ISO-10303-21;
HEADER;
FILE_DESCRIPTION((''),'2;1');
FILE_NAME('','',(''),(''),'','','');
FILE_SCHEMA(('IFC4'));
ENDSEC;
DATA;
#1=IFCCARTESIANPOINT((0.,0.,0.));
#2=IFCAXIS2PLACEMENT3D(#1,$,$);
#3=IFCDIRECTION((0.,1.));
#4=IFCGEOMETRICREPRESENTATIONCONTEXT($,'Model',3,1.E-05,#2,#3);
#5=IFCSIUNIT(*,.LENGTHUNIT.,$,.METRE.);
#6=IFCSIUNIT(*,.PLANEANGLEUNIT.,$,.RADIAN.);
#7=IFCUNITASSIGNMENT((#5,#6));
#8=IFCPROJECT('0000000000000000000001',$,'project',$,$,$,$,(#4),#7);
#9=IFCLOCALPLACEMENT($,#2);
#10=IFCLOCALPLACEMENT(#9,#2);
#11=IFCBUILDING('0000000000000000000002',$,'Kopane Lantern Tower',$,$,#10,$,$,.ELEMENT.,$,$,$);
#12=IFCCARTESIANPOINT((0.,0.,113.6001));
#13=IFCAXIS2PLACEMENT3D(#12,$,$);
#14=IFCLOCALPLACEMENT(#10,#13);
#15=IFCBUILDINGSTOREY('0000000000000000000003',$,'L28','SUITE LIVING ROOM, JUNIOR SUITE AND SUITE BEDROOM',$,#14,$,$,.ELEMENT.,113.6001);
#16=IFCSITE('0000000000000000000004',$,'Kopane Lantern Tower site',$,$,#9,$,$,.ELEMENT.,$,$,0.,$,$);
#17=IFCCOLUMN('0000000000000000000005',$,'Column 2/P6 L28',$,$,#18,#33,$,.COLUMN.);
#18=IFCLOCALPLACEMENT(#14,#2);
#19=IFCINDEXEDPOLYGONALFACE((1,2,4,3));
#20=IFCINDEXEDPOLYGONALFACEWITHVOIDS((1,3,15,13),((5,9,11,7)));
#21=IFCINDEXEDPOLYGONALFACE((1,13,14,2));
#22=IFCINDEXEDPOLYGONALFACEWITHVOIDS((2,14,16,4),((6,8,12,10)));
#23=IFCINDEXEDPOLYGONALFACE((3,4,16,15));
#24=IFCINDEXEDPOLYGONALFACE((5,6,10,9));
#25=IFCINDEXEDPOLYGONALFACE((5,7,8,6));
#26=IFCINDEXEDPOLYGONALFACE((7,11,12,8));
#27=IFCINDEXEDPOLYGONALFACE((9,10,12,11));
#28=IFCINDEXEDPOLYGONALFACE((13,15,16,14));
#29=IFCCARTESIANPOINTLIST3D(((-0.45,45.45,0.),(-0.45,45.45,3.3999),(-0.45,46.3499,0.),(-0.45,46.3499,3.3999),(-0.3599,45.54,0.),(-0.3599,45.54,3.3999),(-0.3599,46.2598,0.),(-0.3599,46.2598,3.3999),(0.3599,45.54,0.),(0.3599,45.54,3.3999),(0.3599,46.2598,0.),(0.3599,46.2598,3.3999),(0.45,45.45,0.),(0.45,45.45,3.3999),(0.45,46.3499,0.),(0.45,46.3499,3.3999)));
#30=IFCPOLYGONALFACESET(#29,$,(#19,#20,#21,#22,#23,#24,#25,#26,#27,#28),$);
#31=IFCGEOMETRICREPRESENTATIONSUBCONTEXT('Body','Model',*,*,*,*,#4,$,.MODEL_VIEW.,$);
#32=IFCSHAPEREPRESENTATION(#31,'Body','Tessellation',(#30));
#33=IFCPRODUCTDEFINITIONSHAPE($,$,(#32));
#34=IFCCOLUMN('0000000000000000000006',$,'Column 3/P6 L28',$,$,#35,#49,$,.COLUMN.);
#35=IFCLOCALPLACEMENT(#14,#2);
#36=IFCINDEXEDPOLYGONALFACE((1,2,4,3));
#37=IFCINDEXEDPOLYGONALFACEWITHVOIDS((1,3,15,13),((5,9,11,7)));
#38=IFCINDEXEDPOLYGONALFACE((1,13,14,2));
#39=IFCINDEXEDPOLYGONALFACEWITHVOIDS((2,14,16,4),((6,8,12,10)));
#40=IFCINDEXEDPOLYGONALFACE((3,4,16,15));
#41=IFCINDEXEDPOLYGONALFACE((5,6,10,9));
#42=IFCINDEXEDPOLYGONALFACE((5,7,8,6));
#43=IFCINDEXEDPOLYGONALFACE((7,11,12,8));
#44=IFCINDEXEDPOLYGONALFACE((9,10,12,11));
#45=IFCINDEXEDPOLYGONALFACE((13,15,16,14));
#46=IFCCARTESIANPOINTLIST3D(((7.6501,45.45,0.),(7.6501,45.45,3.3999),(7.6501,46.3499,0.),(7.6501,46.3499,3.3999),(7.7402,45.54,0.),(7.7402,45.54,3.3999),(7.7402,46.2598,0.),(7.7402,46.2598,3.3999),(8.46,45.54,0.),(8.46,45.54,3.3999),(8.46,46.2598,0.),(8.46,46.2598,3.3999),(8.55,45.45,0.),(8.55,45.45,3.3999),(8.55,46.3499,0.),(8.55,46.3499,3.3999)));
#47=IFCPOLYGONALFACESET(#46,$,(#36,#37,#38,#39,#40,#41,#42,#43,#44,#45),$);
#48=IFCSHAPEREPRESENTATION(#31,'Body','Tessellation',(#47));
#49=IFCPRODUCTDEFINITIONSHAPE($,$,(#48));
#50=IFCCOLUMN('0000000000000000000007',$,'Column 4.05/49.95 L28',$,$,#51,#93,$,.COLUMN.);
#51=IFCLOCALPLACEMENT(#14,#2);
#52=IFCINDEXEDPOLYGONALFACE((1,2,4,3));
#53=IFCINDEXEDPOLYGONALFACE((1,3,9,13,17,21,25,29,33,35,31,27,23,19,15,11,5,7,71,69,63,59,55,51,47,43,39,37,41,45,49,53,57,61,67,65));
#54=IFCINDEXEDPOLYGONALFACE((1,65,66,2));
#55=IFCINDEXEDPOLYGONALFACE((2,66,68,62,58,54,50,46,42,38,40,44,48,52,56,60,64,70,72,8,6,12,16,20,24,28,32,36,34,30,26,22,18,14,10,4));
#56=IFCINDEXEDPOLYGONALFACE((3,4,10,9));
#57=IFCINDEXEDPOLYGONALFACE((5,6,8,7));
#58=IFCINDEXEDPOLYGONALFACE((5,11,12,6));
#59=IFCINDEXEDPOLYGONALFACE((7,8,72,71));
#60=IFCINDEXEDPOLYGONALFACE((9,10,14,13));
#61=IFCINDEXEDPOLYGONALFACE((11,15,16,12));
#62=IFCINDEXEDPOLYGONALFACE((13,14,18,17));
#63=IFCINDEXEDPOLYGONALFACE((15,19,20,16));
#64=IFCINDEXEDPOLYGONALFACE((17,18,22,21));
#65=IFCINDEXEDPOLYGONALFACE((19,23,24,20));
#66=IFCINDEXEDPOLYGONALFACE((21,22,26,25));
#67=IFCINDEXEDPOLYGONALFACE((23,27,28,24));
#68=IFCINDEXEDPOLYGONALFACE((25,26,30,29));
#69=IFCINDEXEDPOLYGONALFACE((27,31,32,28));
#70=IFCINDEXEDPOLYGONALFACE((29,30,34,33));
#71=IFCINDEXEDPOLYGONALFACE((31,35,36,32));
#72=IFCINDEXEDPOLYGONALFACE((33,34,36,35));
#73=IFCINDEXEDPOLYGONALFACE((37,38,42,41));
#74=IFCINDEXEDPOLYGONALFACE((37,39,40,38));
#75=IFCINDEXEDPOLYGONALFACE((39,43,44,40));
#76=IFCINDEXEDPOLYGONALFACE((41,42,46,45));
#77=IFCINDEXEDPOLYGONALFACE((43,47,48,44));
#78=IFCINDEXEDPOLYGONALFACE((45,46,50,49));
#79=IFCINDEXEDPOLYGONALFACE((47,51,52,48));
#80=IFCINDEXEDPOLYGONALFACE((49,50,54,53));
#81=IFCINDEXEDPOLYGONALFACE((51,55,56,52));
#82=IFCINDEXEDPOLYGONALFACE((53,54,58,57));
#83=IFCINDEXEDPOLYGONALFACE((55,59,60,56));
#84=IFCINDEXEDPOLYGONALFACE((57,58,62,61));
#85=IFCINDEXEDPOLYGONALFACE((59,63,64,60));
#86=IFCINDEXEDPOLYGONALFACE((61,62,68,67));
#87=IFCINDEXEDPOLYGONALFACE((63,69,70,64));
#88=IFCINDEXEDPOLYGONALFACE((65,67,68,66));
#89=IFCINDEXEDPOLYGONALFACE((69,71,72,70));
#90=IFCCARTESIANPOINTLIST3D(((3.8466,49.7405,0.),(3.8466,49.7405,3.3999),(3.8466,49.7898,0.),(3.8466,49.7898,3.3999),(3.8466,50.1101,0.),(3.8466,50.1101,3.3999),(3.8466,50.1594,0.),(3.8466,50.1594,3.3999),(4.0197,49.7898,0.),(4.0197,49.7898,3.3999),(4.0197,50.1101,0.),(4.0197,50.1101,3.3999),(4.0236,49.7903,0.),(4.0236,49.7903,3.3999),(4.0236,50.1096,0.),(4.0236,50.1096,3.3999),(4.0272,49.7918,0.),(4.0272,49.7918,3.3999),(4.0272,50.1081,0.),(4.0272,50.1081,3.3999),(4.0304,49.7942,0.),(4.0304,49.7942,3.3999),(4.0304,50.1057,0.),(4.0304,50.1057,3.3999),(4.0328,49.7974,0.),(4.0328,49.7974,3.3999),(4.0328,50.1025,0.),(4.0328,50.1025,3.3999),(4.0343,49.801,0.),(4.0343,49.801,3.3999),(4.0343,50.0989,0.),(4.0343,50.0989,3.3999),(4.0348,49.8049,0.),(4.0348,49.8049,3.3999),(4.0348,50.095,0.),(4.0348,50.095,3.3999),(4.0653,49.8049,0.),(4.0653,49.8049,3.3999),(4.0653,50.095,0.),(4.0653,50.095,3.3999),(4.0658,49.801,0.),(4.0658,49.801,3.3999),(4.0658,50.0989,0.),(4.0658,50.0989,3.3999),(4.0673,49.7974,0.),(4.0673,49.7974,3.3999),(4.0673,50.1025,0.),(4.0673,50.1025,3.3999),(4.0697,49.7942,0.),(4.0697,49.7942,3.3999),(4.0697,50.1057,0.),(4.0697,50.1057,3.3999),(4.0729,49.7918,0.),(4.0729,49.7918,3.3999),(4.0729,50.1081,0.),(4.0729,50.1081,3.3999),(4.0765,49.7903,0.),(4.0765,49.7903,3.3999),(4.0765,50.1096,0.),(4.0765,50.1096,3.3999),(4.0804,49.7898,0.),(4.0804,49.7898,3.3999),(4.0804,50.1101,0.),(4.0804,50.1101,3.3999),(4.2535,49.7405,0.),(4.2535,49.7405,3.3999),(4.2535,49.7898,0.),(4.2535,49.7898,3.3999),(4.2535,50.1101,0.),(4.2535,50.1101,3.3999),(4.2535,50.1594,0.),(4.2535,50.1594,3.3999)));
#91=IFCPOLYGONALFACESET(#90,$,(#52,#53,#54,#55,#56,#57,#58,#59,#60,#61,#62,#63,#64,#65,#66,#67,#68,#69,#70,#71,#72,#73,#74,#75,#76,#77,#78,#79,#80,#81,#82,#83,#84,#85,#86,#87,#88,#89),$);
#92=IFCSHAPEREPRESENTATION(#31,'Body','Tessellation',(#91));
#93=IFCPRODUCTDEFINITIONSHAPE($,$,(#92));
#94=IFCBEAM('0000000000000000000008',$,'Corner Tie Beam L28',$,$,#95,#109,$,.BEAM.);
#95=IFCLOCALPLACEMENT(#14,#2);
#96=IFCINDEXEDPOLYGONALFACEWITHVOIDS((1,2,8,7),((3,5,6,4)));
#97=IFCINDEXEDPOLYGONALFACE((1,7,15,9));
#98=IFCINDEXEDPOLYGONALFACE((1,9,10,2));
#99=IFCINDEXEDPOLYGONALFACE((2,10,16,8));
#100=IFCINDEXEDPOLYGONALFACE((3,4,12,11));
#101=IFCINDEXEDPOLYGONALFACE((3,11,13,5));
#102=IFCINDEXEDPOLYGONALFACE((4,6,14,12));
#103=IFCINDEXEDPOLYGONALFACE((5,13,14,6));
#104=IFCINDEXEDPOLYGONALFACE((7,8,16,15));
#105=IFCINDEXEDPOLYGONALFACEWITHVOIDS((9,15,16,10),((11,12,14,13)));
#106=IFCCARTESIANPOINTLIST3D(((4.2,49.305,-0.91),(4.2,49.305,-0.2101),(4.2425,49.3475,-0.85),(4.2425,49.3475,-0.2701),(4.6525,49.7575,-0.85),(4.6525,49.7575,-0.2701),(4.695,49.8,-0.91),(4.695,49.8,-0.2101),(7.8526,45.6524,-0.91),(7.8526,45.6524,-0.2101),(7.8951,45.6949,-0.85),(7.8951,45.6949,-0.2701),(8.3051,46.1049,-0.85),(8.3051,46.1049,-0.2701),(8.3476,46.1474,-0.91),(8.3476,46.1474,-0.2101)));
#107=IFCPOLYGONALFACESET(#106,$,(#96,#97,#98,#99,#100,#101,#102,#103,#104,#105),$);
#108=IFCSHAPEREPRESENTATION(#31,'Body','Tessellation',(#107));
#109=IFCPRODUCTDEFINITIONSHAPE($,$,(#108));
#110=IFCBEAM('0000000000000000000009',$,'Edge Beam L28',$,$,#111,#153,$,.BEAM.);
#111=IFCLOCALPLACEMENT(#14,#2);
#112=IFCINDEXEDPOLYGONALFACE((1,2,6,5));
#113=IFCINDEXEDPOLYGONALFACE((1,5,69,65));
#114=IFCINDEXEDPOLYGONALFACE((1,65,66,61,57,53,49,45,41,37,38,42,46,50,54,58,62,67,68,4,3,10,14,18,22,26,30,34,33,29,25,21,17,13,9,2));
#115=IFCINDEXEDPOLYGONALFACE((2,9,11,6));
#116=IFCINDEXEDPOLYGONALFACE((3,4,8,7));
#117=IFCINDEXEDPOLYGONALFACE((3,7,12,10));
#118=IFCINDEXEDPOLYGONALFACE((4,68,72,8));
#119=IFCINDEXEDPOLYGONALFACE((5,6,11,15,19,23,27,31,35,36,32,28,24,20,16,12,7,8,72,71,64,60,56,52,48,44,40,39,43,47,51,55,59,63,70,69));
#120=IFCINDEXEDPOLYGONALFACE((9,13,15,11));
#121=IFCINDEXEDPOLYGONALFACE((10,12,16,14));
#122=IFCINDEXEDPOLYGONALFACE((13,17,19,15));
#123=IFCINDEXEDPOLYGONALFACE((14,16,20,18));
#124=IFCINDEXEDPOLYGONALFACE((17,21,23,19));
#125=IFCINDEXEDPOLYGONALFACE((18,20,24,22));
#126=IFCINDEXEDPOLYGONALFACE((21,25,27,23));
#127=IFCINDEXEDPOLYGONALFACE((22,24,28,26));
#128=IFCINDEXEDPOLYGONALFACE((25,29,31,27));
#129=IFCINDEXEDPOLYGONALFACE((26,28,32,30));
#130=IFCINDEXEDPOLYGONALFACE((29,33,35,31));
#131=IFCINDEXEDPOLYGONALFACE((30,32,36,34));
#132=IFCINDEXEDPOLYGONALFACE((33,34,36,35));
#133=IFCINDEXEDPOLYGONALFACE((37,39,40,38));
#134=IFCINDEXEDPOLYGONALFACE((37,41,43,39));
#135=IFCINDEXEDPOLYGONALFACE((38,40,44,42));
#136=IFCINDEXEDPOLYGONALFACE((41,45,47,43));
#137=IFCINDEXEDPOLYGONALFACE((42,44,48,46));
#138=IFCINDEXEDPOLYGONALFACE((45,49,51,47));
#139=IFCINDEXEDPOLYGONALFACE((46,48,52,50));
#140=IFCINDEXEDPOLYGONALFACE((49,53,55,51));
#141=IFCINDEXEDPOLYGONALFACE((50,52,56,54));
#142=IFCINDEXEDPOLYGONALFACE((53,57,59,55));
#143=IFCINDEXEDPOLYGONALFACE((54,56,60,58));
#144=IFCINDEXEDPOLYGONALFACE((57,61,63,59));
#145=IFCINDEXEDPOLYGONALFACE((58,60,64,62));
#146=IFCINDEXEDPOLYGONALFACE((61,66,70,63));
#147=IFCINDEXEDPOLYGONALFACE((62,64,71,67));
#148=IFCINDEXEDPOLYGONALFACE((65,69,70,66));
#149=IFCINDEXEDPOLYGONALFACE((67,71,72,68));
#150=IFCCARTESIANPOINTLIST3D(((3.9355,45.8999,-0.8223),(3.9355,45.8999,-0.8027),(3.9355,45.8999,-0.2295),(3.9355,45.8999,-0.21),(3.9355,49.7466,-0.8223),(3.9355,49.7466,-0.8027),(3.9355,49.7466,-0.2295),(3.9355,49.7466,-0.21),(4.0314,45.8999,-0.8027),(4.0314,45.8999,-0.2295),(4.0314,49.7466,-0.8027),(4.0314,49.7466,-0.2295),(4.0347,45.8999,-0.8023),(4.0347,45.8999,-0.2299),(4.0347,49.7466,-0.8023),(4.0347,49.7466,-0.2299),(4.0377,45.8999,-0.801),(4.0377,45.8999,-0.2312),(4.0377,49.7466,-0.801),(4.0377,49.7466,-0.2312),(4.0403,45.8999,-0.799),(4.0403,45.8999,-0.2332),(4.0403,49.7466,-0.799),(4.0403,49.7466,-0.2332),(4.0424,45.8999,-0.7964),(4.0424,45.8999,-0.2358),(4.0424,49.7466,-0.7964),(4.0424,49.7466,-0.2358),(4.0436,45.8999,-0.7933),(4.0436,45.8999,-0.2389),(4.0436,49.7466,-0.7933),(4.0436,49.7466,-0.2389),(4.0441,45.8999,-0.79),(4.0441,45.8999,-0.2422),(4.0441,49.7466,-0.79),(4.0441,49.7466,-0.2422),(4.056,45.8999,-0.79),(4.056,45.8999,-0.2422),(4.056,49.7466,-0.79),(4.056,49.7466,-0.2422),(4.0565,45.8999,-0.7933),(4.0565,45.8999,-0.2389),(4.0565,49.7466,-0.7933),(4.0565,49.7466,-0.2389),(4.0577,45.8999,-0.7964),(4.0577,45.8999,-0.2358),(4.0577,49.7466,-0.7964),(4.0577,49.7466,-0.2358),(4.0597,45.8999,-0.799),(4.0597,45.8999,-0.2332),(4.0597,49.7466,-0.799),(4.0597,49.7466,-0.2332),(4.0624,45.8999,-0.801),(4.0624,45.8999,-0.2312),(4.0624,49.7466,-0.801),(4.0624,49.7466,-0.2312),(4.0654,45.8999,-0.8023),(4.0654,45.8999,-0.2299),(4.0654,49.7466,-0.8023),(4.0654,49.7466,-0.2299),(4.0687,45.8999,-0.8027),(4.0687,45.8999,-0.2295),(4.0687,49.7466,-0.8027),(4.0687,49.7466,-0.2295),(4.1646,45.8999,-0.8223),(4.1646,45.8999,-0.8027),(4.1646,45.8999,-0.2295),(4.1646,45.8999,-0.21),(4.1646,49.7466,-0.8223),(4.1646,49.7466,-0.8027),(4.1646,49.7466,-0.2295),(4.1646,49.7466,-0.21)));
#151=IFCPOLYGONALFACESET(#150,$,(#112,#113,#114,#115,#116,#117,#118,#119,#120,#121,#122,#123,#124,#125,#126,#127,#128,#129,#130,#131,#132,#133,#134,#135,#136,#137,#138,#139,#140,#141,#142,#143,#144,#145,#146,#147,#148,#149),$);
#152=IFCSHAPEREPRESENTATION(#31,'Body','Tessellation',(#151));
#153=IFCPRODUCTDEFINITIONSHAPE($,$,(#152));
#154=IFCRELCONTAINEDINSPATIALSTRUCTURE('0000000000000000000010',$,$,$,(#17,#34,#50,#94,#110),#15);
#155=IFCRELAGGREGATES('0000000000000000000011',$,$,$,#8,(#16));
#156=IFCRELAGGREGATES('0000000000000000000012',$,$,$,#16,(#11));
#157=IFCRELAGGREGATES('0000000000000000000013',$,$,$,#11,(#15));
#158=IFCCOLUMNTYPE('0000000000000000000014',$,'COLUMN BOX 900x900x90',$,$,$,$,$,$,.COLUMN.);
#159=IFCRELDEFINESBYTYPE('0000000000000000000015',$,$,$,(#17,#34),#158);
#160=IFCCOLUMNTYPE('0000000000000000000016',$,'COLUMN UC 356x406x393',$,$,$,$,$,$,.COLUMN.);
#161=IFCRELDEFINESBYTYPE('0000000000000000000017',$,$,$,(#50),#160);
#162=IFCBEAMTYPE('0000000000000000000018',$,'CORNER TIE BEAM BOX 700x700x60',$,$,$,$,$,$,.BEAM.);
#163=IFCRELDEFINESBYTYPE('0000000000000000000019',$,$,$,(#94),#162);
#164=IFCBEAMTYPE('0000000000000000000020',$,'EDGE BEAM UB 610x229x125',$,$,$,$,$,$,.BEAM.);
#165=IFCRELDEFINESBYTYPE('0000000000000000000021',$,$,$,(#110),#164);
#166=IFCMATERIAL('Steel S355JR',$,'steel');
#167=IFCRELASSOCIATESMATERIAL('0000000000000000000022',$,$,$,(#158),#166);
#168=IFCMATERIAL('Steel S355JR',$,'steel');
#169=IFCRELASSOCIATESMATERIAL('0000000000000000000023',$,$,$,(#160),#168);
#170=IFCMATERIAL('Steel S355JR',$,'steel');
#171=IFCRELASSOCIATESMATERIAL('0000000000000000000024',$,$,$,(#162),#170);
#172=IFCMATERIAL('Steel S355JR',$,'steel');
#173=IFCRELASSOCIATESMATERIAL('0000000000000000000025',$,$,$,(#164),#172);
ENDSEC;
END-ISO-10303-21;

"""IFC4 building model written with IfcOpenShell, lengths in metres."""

from ifc_helpers import new_model, si_unit, direction, frame, origin, origin_2d, place, context, subcontext, project, spatial, hollow_rectangle, i_section, extrude, material, material_profile, profile_set, type_object, element, save


model = new_model("IFC4")

# Units and contexts
model_context = context("Model", 3, precision=1e-05, world=origin(), true_north=direction((0.0, 1.0)))
body_context = subcontext(model_context, "Body", "Model", "MODEL_VIEW")
ifc_project = project(units=[si_unit("LENGTHUNIT", "METRE"), si_unit("PLANEANGLEUNIT", "RADIAN")], contexts=[model_context])

# Site, building, storey
site_placement = place(None, origin())
site = spatial("IfcSite", under=ifc_project, at=site_placement, Name="Kopane Lantern Tower site", CompositionType="ELEMENT", RefElevation=0.0)
building_placement = place(site_placement, origin())
building = spatial("IfcBuilding", under=site, at=building_placement, Name="Kopane Lantern Tower", CompositionType="ELEMENT")
storey_placement = place(building_placement, frame((0.0, 0.0, 113.6001)))
storey = spatial("IfcBuildingStorey", under=building, at=storey_placement, Name="L28", Description="SUITE LIVING ROOM, JUNIOR SUITE AND SUITE BEDROOM", CompositionType="ELEMENT", Elevation=113.6001)

# Columns
ifc_material_1 = material(Name="Steel S355JR", Category="steel")
ifc_material_profile_1 = material_profile(ifc_material_1, hollow_rectangle(XDim=0.8999, YDim=0.8999, WallThickness=0.0901, at=origin_2d()), Name="BOX 900x900x90")
ifc_profile_set_1 = profile_set([ifc_material_profile_1], Name="Steel S355JR")
column_type_1 = type_object("IfcColumnType", Name="COLUMN BOX 900x900x90", PredefinedType="COLUMN", material=ifc_profile_set_1)
for number, where, z_axis, x_axis, name in (
    (1, (0.0, 45.8999, 0.0), (0.0, 0.0, 1.0), (1.0, 0.0, 0.0), "Column 2/P6 L28"),
    (2, (8.1001, 45.8999, 0.0), (0.0, 0.0, 1.0), (1.0, 0.0, 0.0), "Column 3/P6 L28"),
):
    element("IfcColumn", number, at=place(storey_placement, frame(where, z_axis=z_axis, x_axis=x_axis)), inside=storey, type_object=column_type_1, Name=name, PredefinedType="COLUMN", context=body_context, shape_type="SweptSolid", body=[
        extrude(hollow_rectangle(XDim=0.8999, YDim=0.8999, WallThickness=0.0901, at=origin_2d()), origin(), (0.0, 0.0, 1.0), 3.3999),
    ])
ifc_material_2 = material(Name="Steel S355JR", Category="steel")
ifc_material_profile_2 = material_profile(ifc_material_2, i_section(OverallWidth=0.407, OverallDepth=0.4189, WebThickness=0.0305, FlangeThickness=0.0493, FilletRadius=0.0151, at=origin_2d()), Name="UC 356x406x393")
ifc_profile_set_2 = profile_set([ifc_material_profile_2], Name="Steel S355JR")
column_type_2 = type_object("IfcColumnType", Name="COLUMN UC 356x406x393", PredefinedType="COLUMN", material=ifc_profile_set_2)
column_placement = place(storey_placement, frame((4.05, 49.95, 0.0), z_axis=(0.0, 0.0, 1.0), x_axis=(1.0, 0.0, 0.0)))
element("IfcColumn", 3, at=column_placement, inside=storey, type_object=column_type_2, Name="Column 4.05/49.95 L28", PredefinedType="COLUMN", context=body_context, shape_type="SweptSolid", body=[
    extrude(i_section(OverallWidth=0.407, OverallDepth=0.4189, WebThickness=0.0305, FlangeThickness=0.0493, FilletRadius=0.0151, at=origin_2d()), origin(), (0.0, 0.0, 1.0), 3.3999),
])

# Beams
ifc_material_3 = material(Name="Steel S355JR", Category="steel")
ifc_material_profile_3 = material_profile(ifc_material_3, hollow_rectangle(XDim=0.7, YDim=0.7, WallThickness=0.0601, at=origin_2d()), Name="BOX 700x700x60")
ifc_profile_set_3 = profile_set([ifc_material_profile_3], Name="Steel S355JR")
beam_type_1 = type_object("IfcBeamType", Name="CORNER TIE BEAM BOX 700x700x60", PredefinedType="BEAM", material=ifc_profile_set_3)
beam_placement = place(storey_placement, frame((4.4475, 49.5525, -0.5601), z_axis=(0.707107, -0.707107, 0.0), x_axis=(0.707107, 0.707107, 0.0)))
element("IfcBeam", 4, at=beam_placement, inside=storey, type_object=beam_type_1, Name="Corner Tie Beam L28", PredefinedType="BEAM", context=body_context, shape_type="SweptSolid", body=[
    extrude(hollow_rectangle(XDim=0.7, YDim=0.7, WallThickness=0.0601, at=origin_2d()), origin(), (0.0, 0.0, 1.0), 5.1655),
])
ifc_material_4 = material(Name="Steel S355JR", Category="steel")
ifc_material_profile_4 = material_profile(ifc_material_4, i_section(OverallWidth=0.229, OverallDepth=0.6123, WebThickness=0.012, FlangeThickness=0.0195, FilletRadius=0.0127, at=origin_2d()), Name="UB 610x229x125")
ifc_profile_set_4 = profile_set([ifc_material_profile_4], Name="Steel S355JR")
beam_type_2 = type_object("IfcBeamType", Name="EDGE BEAM UB 610x229x125", PredefinedType="BEAM", material=ifc_profile_set_4)
for number, where, z_axis, x_axis, name in (
    (5, (4.05, 49.7466, -0.5161), (0.0, -1.0, 0.0), (1.0, 0.0, 0.0), "Edge Beam L28"),
):
    element("IfcBeam", number, at=place(storey_placement, frame(where, z_axis=z_axis, x_axis=x_axis)), inside=storey, type_object=beam_type_2, Name=name, PredefinedType="BEAM", context=body_context, shape_type="SweptSolid", body=[
        extrude(i_section(OverallWidth=0.229, OverallDepth=0.6123, WebThickness=0.012, FlangeThickness=0.0195, FilletRadius=0.0127, at=origin_2d()), origin(), (0.0, 0.0, 1.0), 3.8467),
    ])

save(model, "model.ifc")
